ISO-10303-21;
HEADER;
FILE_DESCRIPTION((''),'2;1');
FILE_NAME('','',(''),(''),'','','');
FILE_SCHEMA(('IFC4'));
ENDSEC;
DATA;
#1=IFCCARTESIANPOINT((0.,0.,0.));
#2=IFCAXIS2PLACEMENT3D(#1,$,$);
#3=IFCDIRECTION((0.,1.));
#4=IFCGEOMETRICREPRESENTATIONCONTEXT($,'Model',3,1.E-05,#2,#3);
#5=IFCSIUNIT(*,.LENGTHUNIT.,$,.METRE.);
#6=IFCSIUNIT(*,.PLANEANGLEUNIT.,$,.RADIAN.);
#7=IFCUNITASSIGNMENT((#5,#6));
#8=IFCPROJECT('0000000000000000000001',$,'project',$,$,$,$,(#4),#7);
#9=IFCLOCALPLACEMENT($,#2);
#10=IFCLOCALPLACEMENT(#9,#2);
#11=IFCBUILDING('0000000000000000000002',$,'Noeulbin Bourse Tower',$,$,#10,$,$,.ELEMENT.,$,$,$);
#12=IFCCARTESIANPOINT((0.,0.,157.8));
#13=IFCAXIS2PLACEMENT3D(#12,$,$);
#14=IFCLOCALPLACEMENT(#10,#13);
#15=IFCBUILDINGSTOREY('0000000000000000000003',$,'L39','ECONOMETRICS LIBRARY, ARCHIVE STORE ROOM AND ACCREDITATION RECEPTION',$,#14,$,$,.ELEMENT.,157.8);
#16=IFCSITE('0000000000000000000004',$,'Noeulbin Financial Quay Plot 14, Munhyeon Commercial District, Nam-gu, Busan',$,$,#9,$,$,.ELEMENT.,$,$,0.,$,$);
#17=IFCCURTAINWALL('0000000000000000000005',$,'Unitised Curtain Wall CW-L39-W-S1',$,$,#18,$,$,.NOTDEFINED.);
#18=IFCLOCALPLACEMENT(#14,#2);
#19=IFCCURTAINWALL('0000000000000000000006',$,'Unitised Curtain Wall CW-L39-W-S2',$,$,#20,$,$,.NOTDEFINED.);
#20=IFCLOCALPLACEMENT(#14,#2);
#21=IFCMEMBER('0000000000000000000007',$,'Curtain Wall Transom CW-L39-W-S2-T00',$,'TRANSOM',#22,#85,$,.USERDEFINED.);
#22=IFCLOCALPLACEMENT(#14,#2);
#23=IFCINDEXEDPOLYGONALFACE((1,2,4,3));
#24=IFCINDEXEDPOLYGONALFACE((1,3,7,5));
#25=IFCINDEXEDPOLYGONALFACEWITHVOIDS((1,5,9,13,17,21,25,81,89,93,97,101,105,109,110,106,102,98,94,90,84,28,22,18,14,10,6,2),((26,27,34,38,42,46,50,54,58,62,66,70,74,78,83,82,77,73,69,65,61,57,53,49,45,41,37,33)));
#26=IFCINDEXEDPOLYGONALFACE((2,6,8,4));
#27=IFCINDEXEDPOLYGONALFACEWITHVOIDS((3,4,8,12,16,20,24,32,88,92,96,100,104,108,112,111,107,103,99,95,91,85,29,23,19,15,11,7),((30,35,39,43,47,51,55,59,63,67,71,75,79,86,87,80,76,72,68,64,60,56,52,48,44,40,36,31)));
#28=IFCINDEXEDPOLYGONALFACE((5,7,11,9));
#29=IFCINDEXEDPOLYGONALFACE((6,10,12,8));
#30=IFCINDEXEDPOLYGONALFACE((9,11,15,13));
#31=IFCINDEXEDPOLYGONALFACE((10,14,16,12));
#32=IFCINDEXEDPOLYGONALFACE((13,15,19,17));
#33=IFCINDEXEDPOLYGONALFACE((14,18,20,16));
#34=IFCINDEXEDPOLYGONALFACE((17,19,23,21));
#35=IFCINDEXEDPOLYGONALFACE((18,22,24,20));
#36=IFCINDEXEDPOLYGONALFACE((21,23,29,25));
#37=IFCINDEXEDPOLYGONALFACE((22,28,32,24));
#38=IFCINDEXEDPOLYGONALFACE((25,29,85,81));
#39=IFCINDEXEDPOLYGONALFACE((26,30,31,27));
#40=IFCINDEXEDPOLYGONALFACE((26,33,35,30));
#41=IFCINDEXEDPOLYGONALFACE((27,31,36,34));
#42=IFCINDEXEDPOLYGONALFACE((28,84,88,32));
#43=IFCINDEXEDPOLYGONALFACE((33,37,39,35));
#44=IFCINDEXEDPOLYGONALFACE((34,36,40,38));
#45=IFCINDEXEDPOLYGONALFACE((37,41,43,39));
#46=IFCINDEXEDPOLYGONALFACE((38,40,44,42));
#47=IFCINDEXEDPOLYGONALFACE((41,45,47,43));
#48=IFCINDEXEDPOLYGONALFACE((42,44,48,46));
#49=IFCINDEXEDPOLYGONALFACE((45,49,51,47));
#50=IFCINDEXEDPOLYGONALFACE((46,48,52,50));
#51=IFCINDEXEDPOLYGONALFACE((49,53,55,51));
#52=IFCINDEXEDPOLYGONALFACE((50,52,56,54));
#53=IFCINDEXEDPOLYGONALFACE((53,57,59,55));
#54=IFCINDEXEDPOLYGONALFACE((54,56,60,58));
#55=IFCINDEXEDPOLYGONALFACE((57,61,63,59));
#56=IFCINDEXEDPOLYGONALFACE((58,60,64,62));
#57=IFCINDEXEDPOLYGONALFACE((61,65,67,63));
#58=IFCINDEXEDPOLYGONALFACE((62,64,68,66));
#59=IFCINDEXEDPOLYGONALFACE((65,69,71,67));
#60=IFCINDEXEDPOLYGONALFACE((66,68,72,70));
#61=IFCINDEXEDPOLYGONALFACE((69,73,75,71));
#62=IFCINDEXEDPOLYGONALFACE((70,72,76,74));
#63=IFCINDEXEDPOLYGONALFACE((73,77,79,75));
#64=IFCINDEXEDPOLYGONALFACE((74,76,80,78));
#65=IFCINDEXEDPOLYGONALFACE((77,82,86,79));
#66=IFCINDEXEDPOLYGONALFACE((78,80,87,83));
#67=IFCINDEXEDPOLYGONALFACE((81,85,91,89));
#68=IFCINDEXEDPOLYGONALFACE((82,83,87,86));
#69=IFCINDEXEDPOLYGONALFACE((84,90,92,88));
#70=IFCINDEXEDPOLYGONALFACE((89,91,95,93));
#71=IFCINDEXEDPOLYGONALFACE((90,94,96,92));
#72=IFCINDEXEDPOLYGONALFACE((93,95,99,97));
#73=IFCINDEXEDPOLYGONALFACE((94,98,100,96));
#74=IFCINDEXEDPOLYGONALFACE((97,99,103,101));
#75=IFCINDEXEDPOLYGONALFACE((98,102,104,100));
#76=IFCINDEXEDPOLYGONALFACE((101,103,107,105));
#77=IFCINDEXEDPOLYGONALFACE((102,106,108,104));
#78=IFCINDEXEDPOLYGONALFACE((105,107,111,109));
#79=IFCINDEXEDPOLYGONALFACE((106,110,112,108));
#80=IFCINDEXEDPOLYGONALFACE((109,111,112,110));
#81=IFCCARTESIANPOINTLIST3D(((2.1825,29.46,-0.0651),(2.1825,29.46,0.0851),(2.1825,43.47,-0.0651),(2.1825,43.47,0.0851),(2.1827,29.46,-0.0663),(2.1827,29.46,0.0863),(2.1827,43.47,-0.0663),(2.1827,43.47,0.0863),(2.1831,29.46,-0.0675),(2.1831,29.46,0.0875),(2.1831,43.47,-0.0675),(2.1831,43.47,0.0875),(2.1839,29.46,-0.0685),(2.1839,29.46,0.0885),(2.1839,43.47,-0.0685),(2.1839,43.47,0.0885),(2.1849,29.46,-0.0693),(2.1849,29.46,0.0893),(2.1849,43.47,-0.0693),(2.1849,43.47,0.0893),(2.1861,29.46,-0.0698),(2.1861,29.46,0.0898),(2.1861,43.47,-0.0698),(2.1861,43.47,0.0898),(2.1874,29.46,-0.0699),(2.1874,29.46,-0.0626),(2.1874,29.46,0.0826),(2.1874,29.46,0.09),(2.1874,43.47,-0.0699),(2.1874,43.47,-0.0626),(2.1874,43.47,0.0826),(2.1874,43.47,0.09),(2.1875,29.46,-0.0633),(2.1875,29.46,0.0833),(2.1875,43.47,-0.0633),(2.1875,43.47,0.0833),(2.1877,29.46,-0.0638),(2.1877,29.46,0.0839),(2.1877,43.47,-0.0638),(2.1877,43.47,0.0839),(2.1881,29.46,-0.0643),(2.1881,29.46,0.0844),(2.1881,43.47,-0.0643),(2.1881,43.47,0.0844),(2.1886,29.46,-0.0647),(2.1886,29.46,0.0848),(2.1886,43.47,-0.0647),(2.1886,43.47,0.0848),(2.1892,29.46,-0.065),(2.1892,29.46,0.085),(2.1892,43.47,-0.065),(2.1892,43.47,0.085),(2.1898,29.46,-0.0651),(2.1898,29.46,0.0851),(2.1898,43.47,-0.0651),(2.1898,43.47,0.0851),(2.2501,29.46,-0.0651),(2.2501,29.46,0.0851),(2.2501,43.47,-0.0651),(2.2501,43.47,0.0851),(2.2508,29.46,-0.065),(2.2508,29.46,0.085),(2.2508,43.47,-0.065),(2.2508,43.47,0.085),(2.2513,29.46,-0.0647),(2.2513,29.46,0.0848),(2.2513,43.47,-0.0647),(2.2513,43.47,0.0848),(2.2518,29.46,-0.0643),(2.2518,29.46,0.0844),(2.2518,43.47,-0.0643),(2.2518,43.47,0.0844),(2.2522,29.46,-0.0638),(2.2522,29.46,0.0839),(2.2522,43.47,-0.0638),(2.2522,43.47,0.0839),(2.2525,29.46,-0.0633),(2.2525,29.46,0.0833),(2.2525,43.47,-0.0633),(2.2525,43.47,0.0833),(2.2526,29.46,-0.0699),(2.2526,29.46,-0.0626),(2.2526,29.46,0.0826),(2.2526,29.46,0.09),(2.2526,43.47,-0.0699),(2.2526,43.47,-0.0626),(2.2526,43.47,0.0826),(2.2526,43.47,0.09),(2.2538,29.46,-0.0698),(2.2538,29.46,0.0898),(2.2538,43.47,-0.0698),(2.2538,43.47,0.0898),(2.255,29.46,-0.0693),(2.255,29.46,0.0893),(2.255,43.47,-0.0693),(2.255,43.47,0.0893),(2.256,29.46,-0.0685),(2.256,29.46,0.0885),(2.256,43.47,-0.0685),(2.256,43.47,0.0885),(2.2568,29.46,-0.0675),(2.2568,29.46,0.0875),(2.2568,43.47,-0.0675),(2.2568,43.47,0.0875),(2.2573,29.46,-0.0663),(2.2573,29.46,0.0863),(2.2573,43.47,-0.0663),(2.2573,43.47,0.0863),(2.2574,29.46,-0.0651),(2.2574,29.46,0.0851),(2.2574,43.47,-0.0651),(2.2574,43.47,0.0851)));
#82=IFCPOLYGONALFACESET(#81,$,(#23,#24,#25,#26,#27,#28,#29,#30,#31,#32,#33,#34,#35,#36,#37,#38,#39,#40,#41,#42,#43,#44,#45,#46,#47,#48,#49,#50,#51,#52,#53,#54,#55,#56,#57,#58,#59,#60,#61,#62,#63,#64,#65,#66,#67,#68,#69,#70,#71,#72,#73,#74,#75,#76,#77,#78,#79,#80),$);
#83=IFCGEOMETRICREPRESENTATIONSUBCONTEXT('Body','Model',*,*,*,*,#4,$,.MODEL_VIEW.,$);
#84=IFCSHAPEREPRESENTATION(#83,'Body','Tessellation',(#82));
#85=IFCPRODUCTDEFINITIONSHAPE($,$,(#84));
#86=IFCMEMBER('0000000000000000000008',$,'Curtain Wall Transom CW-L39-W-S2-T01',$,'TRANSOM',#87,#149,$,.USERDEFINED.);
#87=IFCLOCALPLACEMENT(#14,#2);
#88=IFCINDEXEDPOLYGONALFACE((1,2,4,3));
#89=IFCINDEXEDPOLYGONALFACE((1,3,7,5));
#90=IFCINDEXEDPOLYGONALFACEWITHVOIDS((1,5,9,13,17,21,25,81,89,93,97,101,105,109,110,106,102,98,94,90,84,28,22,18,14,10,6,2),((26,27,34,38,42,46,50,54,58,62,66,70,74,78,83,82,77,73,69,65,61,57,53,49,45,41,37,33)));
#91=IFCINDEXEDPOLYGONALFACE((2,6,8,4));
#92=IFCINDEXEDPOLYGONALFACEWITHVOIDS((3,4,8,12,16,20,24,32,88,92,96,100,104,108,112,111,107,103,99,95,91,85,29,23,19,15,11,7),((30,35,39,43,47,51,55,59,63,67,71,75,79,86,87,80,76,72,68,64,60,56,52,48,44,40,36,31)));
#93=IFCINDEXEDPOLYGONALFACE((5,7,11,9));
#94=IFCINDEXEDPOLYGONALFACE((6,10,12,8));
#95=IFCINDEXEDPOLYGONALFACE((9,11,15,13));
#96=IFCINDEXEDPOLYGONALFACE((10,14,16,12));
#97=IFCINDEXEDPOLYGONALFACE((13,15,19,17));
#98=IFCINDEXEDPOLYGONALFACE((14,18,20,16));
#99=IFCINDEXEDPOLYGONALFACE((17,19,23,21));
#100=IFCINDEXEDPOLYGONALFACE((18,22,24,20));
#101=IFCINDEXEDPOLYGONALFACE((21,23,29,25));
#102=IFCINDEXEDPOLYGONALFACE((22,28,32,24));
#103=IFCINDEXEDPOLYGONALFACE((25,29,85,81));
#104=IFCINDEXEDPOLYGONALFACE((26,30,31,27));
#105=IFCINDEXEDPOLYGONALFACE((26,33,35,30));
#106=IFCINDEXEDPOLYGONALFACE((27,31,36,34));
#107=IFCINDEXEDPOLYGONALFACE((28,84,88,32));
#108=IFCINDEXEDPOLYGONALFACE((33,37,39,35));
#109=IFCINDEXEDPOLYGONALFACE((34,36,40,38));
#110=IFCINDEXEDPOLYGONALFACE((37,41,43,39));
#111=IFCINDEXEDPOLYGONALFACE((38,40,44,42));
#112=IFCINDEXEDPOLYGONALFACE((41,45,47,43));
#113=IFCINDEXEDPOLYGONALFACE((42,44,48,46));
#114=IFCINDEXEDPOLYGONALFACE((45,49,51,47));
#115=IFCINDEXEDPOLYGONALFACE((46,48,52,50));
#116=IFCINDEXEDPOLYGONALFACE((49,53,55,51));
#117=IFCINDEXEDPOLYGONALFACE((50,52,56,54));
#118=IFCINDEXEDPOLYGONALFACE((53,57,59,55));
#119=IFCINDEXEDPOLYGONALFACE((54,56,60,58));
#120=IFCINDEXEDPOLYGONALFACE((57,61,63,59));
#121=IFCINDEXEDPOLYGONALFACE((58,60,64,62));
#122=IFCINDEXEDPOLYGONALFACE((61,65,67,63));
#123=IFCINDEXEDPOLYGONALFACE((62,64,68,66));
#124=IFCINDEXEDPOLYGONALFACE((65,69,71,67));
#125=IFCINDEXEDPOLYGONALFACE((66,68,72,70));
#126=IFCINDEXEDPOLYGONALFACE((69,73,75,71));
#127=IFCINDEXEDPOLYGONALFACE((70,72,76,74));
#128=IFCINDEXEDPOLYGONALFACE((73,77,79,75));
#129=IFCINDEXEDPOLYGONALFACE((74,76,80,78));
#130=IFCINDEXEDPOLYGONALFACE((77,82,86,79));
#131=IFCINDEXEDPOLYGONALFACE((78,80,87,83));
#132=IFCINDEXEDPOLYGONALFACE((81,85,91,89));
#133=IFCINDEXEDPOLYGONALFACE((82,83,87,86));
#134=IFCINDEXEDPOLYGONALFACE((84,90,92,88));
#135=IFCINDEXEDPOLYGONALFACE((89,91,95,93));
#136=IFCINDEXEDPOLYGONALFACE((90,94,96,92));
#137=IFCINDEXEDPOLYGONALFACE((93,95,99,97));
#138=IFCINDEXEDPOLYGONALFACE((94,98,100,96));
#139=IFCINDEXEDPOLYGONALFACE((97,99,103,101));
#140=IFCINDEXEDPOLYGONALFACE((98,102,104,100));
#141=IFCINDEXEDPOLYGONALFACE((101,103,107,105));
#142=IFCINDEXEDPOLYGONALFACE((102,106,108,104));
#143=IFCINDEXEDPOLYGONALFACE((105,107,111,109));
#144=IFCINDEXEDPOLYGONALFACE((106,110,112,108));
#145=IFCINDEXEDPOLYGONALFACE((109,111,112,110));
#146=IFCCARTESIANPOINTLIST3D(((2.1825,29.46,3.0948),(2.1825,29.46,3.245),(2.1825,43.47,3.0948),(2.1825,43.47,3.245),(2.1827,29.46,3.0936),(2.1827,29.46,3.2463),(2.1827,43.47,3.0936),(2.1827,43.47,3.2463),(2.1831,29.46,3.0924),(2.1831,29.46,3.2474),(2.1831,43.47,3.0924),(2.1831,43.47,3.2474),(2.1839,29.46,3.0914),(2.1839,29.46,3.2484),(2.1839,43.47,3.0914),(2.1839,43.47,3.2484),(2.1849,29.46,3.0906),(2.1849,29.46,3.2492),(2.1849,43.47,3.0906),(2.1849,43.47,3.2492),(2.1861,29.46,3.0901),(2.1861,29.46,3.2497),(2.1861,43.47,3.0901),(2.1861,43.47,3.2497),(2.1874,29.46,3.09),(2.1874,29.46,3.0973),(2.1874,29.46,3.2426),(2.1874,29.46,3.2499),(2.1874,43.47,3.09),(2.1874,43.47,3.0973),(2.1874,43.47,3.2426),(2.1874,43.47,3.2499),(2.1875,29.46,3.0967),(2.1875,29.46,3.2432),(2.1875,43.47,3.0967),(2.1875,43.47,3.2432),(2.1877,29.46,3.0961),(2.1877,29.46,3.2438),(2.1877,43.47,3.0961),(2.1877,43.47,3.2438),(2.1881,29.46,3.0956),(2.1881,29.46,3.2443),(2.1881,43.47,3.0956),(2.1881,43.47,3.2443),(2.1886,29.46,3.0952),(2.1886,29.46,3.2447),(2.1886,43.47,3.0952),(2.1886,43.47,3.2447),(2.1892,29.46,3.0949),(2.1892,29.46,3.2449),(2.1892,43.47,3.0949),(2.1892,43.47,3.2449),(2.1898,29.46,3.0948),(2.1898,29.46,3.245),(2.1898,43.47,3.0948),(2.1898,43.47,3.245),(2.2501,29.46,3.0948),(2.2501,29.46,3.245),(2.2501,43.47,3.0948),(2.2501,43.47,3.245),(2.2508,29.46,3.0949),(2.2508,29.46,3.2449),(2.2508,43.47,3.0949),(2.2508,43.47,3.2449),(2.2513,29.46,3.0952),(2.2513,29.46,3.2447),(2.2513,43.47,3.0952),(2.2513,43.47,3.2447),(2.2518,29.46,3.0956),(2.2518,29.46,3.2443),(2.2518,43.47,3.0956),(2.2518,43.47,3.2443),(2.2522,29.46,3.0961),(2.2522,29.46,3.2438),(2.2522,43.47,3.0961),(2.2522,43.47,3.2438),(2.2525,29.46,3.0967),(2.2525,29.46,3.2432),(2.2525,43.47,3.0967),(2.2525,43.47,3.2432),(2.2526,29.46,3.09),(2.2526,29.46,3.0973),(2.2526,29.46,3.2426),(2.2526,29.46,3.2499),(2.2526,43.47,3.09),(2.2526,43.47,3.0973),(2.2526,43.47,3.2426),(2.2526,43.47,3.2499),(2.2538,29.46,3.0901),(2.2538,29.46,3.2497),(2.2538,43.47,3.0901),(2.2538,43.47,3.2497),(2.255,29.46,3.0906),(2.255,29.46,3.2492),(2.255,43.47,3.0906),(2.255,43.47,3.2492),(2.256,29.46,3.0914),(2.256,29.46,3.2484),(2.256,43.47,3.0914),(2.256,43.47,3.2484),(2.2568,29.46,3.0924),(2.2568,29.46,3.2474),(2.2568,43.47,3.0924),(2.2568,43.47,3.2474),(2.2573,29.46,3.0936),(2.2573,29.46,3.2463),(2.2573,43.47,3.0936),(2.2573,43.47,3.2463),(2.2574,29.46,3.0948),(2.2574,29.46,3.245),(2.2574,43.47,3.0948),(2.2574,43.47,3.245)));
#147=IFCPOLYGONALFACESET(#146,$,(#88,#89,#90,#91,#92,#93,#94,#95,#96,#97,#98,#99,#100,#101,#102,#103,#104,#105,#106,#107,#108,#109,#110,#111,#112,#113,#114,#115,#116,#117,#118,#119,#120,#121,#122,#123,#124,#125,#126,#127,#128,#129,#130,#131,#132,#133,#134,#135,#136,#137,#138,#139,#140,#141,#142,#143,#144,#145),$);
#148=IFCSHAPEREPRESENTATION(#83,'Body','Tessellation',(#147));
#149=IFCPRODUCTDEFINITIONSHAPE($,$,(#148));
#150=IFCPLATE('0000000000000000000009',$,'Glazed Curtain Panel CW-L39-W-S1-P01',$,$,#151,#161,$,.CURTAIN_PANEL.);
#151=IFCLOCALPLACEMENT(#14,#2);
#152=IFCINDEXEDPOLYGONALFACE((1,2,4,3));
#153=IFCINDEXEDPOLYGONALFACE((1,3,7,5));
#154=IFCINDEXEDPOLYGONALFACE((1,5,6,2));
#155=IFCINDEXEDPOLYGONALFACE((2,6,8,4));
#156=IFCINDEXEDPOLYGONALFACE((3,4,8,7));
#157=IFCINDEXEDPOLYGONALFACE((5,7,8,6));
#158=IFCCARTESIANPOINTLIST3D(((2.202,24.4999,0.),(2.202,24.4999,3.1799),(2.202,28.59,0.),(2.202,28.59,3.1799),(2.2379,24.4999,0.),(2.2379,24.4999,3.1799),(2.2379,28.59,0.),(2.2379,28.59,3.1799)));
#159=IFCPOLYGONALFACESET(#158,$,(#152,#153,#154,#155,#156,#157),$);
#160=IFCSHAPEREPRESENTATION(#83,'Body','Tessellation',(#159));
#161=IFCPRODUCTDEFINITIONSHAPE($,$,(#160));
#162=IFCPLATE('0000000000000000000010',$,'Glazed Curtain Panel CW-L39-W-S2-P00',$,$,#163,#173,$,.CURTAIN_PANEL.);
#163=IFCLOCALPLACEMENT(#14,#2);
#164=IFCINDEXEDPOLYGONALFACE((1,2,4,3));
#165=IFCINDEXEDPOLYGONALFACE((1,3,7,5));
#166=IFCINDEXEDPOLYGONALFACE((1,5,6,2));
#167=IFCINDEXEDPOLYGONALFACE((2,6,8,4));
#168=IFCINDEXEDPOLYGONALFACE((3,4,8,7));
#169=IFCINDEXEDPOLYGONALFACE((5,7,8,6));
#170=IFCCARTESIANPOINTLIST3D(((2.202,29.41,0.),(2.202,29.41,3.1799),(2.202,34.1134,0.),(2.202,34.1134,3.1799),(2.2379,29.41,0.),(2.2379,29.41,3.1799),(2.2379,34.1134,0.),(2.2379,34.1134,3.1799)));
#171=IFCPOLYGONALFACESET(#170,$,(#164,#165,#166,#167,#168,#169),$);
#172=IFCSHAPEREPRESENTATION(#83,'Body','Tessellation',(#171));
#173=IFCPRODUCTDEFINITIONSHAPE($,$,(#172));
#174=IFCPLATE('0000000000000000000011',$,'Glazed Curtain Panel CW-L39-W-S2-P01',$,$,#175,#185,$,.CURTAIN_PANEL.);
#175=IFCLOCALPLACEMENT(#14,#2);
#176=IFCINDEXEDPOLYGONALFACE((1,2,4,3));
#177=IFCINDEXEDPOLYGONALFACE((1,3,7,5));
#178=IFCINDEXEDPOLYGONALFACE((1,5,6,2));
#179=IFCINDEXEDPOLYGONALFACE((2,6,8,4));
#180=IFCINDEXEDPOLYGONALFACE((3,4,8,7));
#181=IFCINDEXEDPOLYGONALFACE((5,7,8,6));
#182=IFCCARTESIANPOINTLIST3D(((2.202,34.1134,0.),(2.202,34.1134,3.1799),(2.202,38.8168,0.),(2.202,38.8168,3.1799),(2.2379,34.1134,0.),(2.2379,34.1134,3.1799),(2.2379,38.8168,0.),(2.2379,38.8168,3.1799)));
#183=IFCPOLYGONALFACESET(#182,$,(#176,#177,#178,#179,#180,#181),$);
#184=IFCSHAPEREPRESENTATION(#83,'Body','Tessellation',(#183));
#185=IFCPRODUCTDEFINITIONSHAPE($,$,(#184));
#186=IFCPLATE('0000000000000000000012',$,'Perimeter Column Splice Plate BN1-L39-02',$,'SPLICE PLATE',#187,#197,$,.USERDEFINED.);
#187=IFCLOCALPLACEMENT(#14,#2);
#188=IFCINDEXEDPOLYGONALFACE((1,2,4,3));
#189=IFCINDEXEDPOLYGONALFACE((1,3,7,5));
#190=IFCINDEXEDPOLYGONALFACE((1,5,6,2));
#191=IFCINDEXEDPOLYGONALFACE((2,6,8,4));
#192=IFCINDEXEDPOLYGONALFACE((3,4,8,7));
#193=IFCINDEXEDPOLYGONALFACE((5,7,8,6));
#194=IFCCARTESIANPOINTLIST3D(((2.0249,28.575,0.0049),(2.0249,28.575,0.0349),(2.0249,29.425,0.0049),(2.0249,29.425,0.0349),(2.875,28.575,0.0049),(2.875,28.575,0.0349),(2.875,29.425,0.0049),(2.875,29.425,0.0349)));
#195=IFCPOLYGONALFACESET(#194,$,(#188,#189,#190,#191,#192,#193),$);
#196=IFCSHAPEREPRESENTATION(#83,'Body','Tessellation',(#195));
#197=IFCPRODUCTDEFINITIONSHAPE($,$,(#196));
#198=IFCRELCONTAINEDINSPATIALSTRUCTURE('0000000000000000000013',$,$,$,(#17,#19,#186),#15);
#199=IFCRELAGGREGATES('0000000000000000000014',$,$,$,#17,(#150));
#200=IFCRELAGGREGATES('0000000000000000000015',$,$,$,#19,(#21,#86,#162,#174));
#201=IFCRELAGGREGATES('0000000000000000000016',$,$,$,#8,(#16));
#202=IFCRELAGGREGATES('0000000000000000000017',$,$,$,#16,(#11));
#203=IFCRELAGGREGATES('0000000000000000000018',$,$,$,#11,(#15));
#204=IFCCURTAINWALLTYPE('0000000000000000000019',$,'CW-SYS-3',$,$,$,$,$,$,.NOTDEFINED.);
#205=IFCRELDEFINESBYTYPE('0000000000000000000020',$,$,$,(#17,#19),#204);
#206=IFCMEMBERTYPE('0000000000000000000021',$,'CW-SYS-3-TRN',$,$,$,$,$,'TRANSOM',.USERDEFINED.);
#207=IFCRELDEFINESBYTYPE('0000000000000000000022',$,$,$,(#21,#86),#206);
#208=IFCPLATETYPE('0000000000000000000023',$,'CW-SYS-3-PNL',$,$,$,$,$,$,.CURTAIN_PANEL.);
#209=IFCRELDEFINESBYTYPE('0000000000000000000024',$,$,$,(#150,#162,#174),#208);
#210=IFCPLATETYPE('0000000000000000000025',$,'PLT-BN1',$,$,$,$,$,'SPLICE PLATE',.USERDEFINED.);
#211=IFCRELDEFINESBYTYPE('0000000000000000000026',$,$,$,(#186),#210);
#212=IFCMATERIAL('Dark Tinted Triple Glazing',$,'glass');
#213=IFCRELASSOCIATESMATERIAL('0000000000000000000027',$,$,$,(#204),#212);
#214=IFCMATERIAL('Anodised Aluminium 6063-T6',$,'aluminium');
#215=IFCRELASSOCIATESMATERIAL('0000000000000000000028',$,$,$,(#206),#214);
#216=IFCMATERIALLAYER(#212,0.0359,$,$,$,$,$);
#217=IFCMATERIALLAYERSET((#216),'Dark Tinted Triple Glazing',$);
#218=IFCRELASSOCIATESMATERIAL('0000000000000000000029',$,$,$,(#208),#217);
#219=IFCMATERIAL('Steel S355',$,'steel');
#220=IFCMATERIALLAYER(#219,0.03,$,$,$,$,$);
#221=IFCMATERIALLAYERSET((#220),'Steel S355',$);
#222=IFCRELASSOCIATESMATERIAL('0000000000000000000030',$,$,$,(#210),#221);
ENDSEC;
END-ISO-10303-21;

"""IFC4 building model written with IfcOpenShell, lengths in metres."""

from ifc_helpers import new_model, si_unit, direction, frame, origin, origin_2d, place, context, subcontext, project, spatial, rectangle, hollow_rectangle, extrude, material, layer, layer_set, material_profile, profile_set, type_object, element, aggregate, save


model = new_model("IFC4")

# Units and contexts
model_context = context("Model", 3, precision=1e-05, world=origin(), true_north=direction((0.0, 1.0)))
body_context = subcontext(model_context, "Body", "Model", "MODEL_VIEW")
ifc_project = project(units=[si_unit("LENGTHUNIT", "METRE"), si_unit("PLANEANGLEUNIT", "RADIAN")], contexts=[model_context])

# Site, building, storey
site_placement = place(None, origin())
site = spatial("IfcSite", under=ifc_project, at=site_placement, Name="Noeulbin Financial Quay Plot 14, Munhyeon Commercial District, Nam-gu, Busan", CompositionType="ELEMENT", RefElevation=0.0)
building_placement = place(site_placement, origin())
building = spatial("IfcBuilding", under=site, at=building_placement, Name="Noeulbin Bourse Tower", CompositionType="ELEMENT")
storey_placement = place(building_placement, frame((0.0, 0.0, 157.8)))
storey = spatial("IfcBuildingStorey", under=building, at=storey_placement, Name="L39", Description="ECONOMETRICS LIBRARY, ARCHIVE STORE ROOM AND ACCREDITATION RECEPTION", CompositionType="ELEMENT", Elevation=157.8)

# Shared definitions
ifc_material_1 = material(Name="Steel S355", Category="steel")

# Curtain wall
ifc_material_2 = material(Name="Dark Tinted Triple Glazing", Category="glass")
curtain_wall_type = type_object("IfcCurtainWallType", Name="CW-SYS-3", PredefinedType="NOTDEFINED", material=ifc_material_2)
curtain_wall_1_placement = place(storey_placement, origin())
curtain_wall_1 = element("IfcCurtainWall", 1, at=curtain_wall_1_placement, inside=storey, type_object=curtain_wall_type, Name="Unitised Curtain Wall CW-L39-W-S1", PredefinedType="NOTDEFINED")
ifc_material_3 = material(Name="Anodised Aluminium 6063-T6", Category="aluminium")

# Curtain wall, members
curtain_wall_2_placement = place(storey_placement, origin())
curtain_wall_2 = element("IfcCurtainWall", 2, at=curtain_wall_2_placement, inside=storey, type_object=curtain_wall_type, Name="Unitised Curtain Wall CW-L39-W-S2", PredefinedType="NOTDEFINED")
ifc_material_profile_1 = material_profile(ifc_material_3, hollow_rectangle(XDim=0.075, YDim=0.1599, WallThickness=0.0049, InnerFilletRadius=0.0024, OuterFilletRadius=0.0049, at=origin_2d()), Name="ALU-TRAN-75x160x5", Category="LoadBearing")
ifc_profile_set_1 = profile_set([ifc_material_profile_1], Name="Anodised Aluminium 6063-T6")
member_type_1 = type_object("IfcMemberType", Name="CW-SYS-3-TRN", ElementType="TRANSOM", PredefinedType="USERDEFINED", material=ifc_profile_set_1)
member_1_placement = place(storey_placement, frame((2.22, 29.46, 0.01), z_axis=(0.0, 1.0, 0.0), x_axis=(-1.0, 0.0, 0.0)))
member_1 = element("IfcMember", 3, at=member_1_placement, type_object=member_type_1, Name="Curtain Wall Transom CW-L39-W-S2-T00", ObjectType="TRANSOM", PredefinedType="USERDEFINED", context=body_context, shape_type="SweptSolid", body=[
    extrude(hollow_rectangle(XDim=0.075, YDim=0.1599, WallThickness=0.0049, InnerFilletRadius=0.0024, OuterFilletRadius=0.0049, at=origin_2d()), origin(), (0.0, 0.0, 1.0), 14.01),
])
member_2_placement = place(storey_placement, frame((2.22, 29.46, 3.1699), z_axis=(0.0, 1.0, 0.0), x_axis=(-1.0, 0.0, 0.0)))
member_2 = element("IfcMember", 4, at=member_2_placement, type_object=member_type_1, Name="Curtain Wall Transom CW-L39-W-S2-T01", ObjectType="TRANSOM", PredefinedType="USERDEFINED", context=body_context, shape_type="SweptSolid", body=[
    extrude(hollow_rectangle(XDim=0.075, YDim=0.1599, WallThickness=0.0049, InnerFilletRadius=0.0024, OuterFilletRadius=0.0049, at=origin_2d()), origin(), (0.0, 0.0, 1.0), 14.01),
])

# Plates
ifc_layer_1 = layer(ifc_material_2, 0.0359)
ifc_layer_set_1 = layer_set([ifc_layer_1], Name="Dark Tinted Triple Glazing")
plate_type_1 = type_object("IfcPlateType", Name="CW-SYS-3-PNL", PredefinedType="CURTAIN_PANEL", material=ifc_layer_set_1)
plate_1_placement = place(storey_placement, frame((2.22, 26.5449, 0.0), z_axis=(0.0, 0.0, 1.0), x_axis=(0.0, 1.0, 0.0)))
plate_1 = element("IfcPlate", 5, at=plate_1_placement, type_object=plate_type_1, Name="Glazed Curtain Panel CW-L39-W-S1-P01", PredefinedType="CURTAIN_PANEL", context=body_context, shape_type="SweptSolid", body=[
    extrude(rectangle(XDim=4.0901, YDim=0.0359, at=origin_2d()), origin(), (0.0, 0.0, 1.0), 3.1799),
])
aggregate(curtain_wall_1, [plate_1])
plate_2_placement = place(storey_placement, frame((2.22, 31.7617, 0.0), z_axis=(0.0, 0.0, 1.0), x_axis=(0.0, 1.0, 0.0)))
plate_2 = element("IfcPlate", 6, at=plate_2_placement, type_object=plate_type_1, Name="Glazed Curtain Panel CW-L39-W-S2-P00", PredefinedType="CURTAIN_PANEL", context=body_context, shape_type="SweptSolid", body=[
    extrude(rectangle(XDim=4.7034, YDim=0.0359, at=origin_2d()), origin(), (0.0, 0.0, 1.0), 3.1799),
])
plate_3_placement = place(storey_placement, frame((2.22, 36.4651, 0.0), z_axis=(0.0, 0.0, 1.0), x_axis=(0.0, 1.0, 0.0)))
plate_3 = element("IfcPlate", 7, at=plate_3_placement, type_object=plate_type_1, Name="Glazed Curtain Panel CW-L39-W-S2-P01", PredefinedType="CURTAIN_PANEL", context=body_context, shape_type="SweptSolid", body=[
    extrude(rectangle(XDim=4.7034, YDim=0.0359, at=origin_2d()), origin(), (0.0, 0.0, 1.0), 3.1799),
])
aggregate(curtain_wall_2, [member_1, member_2, plate_2, plate_3])
ifc_layer_2 = layer(ifc_material_1, 0.03)
ifc_layer_set_2 = layer_set([ifc_layer_2], Name="Steel S355")
plate_type_2 = type_object("IfcPlateType", Name="PLT-BN1", ElementType="SPLICE PLATE", PredefinedType="USERDEFINED", material=ifc_layer_set_2)
plate_4_placement = place(storey_placement, frame((2.45, 29.0, 0.0049), z_axis=(0.0, 0.0, 1.0), x_axis=(1.0, 0.0, 0.0)))
element("IfcPlate", 8, at=plate_4_placement, inside=storey, type_object=plate_type_2, Name="Perimeter Column Splice Plate BN1-L39-02", ObjectType="SPLICE PLATE", PredefinedType="USERDEFINED", context=body_context, shape_type="SweptSolid", body=[
    extrude(rectangle(XDim=0.8501, YDim=0.8501, at=origin_2d()), origin(), (0.0, 0.0, 1.0), 0.03),
])

save(model, "model.ifc")
